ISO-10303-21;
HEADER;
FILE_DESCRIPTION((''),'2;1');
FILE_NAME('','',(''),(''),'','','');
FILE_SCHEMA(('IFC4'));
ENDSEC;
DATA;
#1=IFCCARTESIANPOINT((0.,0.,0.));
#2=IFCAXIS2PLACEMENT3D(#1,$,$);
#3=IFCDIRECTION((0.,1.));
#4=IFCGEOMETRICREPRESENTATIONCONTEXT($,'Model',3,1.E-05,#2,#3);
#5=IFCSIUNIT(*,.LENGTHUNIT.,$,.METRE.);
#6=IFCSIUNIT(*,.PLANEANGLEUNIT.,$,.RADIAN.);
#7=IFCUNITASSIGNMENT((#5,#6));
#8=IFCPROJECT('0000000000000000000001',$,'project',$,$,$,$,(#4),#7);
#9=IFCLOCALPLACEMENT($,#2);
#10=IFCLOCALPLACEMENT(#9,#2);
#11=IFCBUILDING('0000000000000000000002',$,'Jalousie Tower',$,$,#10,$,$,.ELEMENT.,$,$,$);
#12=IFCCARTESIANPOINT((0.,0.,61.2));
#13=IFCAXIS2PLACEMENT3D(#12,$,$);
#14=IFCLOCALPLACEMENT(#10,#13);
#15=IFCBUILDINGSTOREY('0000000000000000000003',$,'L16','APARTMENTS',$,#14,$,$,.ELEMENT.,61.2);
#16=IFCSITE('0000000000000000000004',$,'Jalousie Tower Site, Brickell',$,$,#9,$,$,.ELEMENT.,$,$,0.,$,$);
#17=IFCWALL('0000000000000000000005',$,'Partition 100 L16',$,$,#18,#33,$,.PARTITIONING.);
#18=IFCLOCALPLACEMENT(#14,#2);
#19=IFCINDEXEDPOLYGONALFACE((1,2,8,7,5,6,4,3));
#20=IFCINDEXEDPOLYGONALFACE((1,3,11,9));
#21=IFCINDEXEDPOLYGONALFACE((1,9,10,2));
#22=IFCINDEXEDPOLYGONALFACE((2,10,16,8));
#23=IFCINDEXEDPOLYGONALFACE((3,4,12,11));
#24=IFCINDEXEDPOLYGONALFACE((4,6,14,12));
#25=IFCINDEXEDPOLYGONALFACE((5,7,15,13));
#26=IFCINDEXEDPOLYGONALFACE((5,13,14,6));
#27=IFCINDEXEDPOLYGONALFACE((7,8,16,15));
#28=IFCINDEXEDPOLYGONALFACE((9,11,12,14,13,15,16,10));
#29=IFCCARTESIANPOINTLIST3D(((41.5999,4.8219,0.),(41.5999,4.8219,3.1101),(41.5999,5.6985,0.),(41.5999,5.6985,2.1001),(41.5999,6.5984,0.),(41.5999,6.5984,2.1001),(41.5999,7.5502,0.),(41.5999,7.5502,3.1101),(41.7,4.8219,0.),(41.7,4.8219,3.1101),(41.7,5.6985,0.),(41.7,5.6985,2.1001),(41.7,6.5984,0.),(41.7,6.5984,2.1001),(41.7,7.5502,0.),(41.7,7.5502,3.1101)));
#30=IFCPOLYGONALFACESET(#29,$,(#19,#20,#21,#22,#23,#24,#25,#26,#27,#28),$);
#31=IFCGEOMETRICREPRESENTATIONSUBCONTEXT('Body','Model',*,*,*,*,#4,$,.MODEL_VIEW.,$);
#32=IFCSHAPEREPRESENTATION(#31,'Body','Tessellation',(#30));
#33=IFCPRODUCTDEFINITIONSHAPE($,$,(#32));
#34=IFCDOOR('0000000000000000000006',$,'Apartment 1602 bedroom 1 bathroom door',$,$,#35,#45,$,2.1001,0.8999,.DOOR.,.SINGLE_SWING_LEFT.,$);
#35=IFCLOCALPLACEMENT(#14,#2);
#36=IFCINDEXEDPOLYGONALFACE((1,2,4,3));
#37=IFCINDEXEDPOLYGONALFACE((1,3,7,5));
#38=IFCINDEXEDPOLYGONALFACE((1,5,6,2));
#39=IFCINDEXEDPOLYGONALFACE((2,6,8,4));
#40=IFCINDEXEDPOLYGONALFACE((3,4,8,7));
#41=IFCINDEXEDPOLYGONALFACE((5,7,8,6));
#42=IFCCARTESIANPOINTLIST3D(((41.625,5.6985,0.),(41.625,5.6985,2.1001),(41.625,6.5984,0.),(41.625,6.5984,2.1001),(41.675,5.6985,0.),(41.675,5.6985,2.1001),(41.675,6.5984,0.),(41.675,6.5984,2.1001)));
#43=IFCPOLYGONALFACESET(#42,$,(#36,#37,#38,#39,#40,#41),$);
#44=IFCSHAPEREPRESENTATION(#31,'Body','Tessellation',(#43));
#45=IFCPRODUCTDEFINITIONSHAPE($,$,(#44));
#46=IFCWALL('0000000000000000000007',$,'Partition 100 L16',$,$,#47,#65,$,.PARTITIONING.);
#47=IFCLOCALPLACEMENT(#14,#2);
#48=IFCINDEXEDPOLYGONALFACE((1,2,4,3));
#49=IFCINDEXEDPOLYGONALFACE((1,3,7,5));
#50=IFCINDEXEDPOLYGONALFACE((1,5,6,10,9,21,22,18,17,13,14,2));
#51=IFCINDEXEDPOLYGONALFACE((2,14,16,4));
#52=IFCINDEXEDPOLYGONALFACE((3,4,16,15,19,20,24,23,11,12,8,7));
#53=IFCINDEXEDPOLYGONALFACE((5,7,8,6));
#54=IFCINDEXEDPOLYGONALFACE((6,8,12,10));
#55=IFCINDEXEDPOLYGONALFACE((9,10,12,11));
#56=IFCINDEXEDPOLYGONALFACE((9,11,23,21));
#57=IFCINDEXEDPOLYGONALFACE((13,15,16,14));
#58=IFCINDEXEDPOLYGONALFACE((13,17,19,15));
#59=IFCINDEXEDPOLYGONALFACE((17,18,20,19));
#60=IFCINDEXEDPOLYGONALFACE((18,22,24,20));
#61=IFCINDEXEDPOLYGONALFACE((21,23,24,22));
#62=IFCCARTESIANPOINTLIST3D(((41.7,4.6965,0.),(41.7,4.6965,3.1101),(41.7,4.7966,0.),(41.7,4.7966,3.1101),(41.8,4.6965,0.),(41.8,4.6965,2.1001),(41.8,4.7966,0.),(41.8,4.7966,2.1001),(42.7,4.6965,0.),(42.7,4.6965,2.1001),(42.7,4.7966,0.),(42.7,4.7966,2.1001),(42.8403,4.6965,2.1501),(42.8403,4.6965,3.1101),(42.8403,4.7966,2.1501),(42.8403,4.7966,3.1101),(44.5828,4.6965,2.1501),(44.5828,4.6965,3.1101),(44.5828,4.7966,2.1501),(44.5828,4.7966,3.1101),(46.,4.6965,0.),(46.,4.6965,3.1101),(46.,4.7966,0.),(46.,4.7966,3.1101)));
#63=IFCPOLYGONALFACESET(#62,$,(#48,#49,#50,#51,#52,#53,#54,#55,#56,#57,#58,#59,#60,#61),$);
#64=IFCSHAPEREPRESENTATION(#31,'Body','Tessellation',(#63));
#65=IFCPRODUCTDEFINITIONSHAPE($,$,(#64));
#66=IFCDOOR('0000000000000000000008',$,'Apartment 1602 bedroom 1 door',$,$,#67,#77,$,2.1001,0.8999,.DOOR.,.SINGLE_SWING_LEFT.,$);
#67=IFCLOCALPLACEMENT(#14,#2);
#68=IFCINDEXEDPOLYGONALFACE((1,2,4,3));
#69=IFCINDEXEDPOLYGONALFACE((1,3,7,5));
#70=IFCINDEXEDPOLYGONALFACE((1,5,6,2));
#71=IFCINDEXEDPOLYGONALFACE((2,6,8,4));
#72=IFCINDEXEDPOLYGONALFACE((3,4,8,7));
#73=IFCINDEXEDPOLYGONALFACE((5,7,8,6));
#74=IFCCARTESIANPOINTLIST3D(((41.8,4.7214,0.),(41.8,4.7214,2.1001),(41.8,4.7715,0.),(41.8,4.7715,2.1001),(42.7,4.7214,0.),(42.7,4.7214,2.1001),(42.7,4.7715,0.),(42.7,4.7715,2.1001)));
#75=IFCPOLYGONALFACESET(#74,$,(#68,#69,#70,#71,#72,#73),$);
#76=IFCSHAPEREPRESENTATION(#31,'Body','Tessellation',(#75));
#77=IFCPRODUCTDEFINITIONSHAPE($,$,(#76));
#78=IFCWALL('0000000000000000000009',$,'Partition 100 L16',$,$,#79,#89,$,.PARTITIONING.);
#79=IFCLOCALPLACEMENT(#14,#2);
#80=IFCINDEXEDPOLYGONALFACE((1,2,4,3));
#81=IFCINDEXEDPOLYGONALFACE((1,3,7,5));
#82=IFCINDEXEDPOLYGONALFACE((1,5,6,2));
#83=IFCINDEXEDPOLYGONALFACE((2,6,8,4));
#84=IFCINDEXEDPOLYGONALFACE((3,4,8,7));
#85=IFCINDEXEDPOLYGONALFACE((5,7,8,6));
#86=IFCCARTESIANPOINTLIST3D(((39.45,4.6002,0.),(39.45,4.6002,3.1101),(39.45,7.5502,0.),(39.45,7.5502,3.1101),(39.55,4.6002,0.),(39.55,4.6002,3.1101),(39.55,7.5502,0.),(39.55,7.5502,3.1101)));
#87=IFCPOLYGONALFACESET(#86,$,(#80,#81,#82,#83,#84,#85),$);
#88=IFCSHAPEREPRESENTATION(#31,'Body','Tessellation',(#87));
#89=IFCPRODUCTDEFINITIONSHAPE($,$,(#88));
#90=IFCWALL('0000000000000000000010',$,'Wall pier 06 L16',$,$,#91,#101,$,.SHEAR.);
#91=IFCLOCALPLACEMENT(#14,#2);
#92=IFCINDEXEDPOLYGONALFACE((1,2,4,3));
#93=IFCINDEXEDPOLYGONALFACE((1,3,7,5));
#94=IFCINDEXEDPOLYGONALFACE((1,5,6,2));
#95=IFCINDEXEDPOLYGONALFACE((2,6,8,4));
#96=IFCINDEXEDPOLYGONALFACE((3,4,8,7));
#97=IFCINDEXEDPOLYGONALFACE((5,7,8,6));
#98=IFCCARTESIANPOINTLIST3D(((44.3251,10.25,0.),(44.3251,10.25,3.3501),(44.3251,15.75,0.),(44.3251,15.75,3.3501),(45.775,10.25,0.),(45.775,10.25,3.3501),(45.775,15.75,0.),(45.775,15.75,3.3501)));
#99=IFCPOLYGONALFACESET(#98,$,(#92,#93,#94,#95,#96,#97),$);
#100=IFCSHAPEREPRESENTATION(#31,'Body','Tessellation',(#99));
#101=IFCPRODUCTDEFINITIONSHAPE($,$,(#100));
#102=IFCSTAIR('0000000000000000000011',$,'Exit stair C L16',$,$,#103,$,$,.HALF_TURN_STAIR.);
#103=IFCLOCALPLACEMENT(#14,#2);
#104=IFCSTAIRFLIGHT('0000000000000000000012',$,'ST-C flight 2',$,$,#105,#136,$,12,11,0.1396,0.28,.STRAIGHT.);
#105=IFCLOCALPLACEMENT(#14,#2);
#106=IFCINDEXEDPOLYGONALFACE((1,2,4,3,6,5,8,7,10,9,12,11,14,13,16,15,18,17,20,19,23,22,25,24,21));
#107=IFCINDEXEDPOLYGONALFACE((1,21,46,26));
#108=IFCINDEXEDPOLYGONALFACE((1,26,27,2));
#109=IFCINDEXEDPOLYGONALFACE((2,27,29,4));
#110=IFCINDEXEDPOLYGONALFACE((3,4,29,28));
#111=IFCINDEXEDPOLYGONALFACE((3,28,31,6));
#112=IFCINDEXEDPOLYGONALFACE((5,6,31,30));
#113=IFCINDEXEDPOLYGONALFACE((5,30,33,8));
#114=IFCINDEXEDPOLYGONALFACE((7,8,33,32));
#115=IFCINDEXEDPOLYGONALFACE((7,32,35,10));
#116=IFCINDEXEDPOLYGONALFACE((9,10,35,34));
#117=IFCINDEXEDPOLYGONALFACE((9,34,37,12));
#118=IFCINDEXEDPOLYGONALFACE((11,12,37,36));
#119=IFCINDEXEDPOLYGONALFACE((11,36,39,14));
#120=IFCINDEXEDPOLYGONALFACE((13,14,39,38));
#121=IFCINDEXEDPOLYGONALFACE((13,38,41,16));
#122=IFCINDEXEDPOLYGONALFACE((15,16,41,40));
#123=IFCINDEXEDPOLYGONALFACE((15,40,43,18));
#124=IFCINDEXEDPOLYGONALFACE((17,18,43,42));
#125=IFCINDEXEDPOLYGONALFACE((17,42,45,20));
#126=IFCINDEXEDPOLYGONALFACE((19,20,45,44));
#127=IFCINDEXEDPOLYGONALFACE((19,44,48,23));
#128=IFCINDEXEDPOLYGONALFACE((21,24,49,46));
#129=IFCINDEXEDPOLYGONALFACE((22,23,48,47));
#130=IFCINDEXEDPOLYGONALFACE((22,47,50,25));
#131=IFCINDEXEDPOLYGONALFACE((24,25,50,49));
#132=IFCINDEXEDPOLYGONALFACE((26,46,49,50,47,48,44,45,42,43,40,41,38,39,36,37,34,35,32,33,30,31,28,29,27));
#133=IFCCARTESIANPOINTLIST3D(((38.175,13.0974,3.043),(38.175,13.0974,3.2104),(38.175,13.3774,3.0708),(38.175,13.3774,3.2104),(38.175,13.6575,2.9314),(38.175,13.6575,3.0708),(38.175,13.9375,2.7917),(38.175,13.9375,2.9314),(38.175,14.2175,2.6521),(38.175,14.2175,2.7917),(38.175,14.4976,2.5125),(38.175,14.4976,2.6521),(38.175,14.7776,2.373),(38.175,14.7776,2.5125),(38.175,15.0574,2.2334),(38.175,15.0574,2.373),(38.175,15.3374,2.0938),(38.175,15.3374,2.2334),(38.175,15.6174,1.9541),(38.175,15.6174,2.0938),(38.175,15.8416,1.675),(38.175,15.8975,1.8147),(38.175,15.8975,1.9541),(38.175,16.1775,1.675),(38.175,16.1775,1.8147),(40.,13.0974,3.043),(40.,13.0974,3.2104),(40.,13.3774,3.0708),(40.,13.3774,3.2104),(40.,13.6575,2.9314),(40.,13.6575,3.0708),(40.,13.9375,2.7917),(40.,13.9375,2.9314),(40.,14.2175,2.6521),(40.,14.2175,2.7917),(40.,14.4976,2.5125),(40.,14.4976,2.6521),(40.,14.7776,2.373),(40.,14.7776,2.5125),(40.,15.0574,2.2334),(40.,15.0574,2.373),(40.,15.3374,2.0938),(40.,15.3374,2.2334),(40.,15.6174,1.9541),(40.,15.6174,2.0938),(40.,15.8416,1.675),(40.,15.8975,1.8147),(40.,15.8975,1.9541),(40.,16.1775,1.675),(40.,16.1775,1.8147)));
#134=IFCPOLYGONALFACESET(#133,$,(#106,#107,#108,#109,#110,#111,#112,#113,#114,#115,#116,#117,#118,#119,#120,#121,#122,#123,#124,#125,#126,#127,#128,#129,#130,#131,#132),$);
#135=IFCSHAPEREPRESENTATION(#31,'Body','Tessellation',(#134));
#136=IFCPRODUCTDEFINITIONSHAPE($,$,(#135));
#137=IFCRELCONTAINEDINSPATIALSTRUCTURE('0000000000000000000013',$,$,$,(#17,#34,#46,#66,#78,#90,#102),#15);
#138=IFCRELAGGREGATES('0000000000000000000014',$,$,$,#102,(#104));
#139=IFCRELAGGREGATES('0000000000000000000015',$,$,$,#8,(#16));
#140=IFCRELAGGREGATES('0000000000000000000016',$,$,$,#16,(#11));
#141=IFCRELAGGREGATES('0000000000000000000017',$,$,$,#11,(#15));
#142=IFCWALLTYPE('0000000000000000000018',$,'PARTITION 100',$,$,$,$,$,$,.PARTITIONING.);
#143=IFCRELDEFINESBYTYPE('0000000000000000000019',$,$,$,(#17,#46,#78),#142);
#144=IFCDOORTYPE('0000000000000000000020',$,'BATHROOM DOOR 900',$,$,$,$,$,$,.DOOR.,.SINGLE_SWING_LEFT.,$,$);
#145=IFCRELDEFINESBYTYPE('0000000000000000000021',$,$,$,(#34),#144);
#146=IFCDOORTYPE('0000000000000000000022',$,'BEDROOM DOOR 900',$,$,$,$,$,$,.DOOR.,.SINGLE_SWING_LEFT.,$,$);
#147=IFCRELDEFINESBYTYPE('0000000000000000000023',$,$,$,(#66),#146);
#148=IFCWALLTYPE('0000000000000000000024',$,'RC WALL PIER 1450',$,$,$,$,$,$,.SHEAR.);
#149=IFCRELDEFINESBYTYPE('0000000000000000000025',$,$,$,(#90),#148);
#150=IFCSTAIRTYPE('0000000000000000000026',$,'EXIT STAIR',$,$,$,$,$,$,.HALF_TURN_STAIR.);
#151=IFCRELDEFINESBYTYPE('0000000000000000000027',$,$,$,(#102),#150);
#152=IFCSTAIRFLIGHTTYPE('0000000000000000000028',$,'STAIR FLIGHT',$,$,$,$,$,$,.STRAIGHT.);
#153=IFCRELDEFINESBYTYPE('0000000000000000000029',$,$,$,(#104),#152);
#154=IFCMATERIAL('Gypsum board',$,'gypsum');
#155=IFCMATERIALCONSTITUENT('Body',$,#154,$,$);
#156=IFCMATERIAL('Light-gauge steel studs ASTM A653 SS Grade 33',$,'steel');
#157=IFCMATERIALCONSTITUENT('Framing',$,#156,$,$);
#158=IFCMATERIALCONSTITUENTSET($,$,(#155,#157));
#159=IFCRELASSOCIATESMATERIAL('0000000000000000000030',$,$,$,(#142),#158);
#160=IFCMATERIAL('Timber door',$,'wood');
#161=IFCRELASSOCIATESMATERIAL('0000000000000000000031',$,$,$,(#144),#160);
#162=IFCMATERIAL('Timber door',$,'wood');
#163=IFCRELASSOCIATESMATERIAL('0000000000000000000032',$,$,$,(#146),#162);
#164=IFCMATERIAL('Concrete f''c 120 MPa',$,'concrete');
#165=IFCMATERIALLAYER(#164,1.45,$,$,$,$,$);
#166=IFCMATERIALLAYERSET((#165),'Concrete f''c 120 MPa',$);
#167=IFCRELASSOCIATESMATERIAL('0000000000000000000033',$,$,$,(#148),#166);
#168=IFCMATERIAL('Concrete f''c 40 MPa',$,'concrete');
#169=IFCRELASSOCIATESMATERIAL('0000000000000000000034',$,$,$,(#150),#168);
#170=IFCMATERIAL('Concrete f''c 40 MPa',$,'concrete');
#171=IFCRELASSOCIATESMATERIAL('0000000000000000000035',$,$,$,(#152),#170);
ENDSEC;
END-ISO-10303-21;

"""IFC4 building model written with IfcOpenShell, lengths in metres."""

from ifc_helpers import new_model, si_unit, direction, frame, frame_2d, origin, place, context, subcontext, project, spatial, polyline, rectangle, outline, extrude, material, layer, layer_set, constituent, constituent_set, type_object, element, fill, aggregate, save


model = new_model("IFC4")

# Units and contexts
model_context = context("Model", 3, precision=1e-05, world=origin(), true_north=direction((0.0, 1.0)))
body_context = subcontext(model_context, "Body", "Model", "MODEL_VIEW")
ifc_project = project(units=[si_unit("LENGTHUNIT", "METRE"), si_unit("PLANEANGLEUNIT", "RADIAN")], contexts=[model_context])

# Site, building, storey
site_placement = place(None, origin())
site = spatial("IfcSite", under=ifc_project, at=site_placement, Name="Jalousie Tower Site, Brickell", CompositionType="ELEMENT", RefElevation=0.0)
building_placement = place(site_placement, origin())
building = spatial("IfcBuilding", under=site, at=building_placement, Name="Jalousie Tower", CompositionType="ELEMENT")
storey_placement = place(building_placement, frame((0.0, 0.0, 61.2)))
storey = spatial("IfcBuildingStorey", under=building, at=storey_placement, Name="L16", Description="APARTMENTS", CompositionType="ELEMENT", Elevation=61.2)

# Walls, openings, doors
ifc_material_1 = material(Name="Gypsum board", Category="gypsum")
ifc_constituent_1 = constituent(ifc_material_1, Name="Body")
ifc_material_2 = material(Name="Light-gauge steel studs ASTM A653 SS Grade 33", Category="steel")
ifc_constituent_2 = constituent(ifc_material_2, Name="Framing")
ifc_constituent_set_1 = constituent_set(constituents=[ifc_constituent_1, ifc_constituent_2])
wall_type_1 = type_object("IfcWallType", Name="PARTITION 100", PredefinedType="PARTITIONING", material=ifc_constituent_set_1)
wall_1_placement = place(storey_placement, frame((41.6499, 4.8218, 0.0), z_axis=(0.0, 0.0, 1.0), x_axis=(0.0, 1.0, 0.0)))
wall_1 = element("IfcWall", 1, at=wall_1_placement, inside=storey, type_object=wall_type_1, Name="Partition 100 L16", PredefinedType="PARTITIONING", context=body_context, shape_type="SweptSolid", body=[
    extrude(rectangle(XDim=2.7283, YDim=0.1001, at=frame_2d((1.3643, 0.0))), origin(), (0.0, 0.0, 1.0), 3.1101),
])
opening_1_placement = place(wall_1_placement, frame((0.8767, 0.0, 0.0)))
opening_1 = element("IfcOpeningElement", 2, at=opening_1_placement, cuts=wall_1, PredefinedType="OPENING", context=body_context, shape_type="SweptSolid", body=[
    extrude(rectangle(XDim=0.8999, YDim=2.1001, at=frame_2d((0.45, 1.05))), frame((0.0, 0.0601, 0.0), z_axis=(0.0, -1.0, 0.0), x_axis=(1.0, 0.0, 0.0)), (0.0, 0.0, 1.0), 0.1201),
])
ifc_material_3 = material(Name="Timber door", Category="wood")
door_type_1 = type_object("IfcDoorType", Name="BATHROOM DOOR 900", OperationType="SINGLE_SWING_LEFT", PredefinedType="DOOR", material=ifc_material_3)
door_1_placement = place(opening_1_placement, origin())
door_1 = element("IfcDoor", 3, at=door_1_placement, inside=storey, type_object=door_type_1, Name="Apartment 1602 bedroom 1 bathroom door", OperationType="SINGLE_SWING_LEFT", OverallHeight=2.1001, OverallWidth=0.8999, PredefinedType="DOOR", context=body_context, shape_type="SweptSolid", body=[
    extrude(rectangle(XDim=0.8999, YDim=2.1001, at=frame_2d((0.45, 1.05))), frame((0.0, 0.0249, 0.0), z_axis=(0.0, -1.0, 0.0), x_axis=(1.0, 0.0, 0.0)), (0.0, 0.0, 1.0), 0.05),
])
fill(opening_1, door_1)
wall_2_placement = place(storey_placement, frame((41.7, 4.7466, 0.0), z_axis=(0.0, 0.0, 1.0), x_axis=(1.0, 0.0, 0.0)))
wall_2 = element("IfcWall", 4, at=wall_2_placement, inside=storey, type_object=wall_type_1, Name="Partition 100 L16", PredefinedType="PARTITIONING", context=body_context, shape_type="SweptSolid", body=[
    extrude(outline(polyline([(0.0, 0.0), (4.3, 0.0), (4.3, 3.1101), (2.8828, 3.1101), (2.8828, 2.1501), (1.1404, 2.1501), (1.1404, 3.1101), (0.0, 3.1101), (0.0, 0.0)])), frame((0.0, 0.05, 0.0), z_axis=(0.0, -1.0, 0.0), x_axis=(1.0, 0.0, 0.0)), (0.0, 0.0, 1.0), 0.1001),
])
opening_2_placement = place(wall_2_placement, frame((0.1001, 0.0, 0.0)))
opening_2 = element("IfcOpeningElement", 5, at=opening_2_placement, cuts=wall_2, PredefinedType="OPENING", context=body_context, shape_type="SweptSolid", body=[
    extrude(rectangle(XDim=0.8999, YDim=2.1001, at=frame_2d((0.45, 1.05))), frame((0.0, 0.0601, 0.0), z_axis=(0.0, -1.0, 0.0), x_axis=(1.0, 0.0, 0.0)), (0.0, 0.0, 1.0), 0.1201),
])
ifc_material_4 = material(Name="Timber door", Category="wood")
door_type_2 = type_object("IfcDoorType", Name="BEDROOM DOOR 900", OperationType="SINGLE_SWING_LEFT", PredefinedType="DOOR", material=ifc_material_4)
door_2_placement = place(opening_2_placement, origin())
door_2 = element("IfcDoor", 6, at=door_2_placement, inside=storey, type_object=door_type_2, Name="Apartment 1602 bedroom 1 door", OperationType="SINGLE_SWING_LEFT", OverallHeight=2.1001, OverallWidth=0.8999, PredefinedType="DOOR", context=body_context, shape_type="SweptSolid", body=[
    extrude(rectangle(XDim=0.8999, YDim=2.1001, at=frame_2d((0.45, 1.05))), frame((0.0, 0.0249, 0.0), z_axis=(0.0, -1.0, 0.0), x_axis=(1.0, 0.0, 0.0)), (0.0, 0.0, 1.0), 0.05),
])
fill(opening_2, door_2)

# Walls
wall_3_placement = place(storey_placement, frame((39.5, 4.6001, 0.0), z_axis=(0.0, 0.0, 1.0), x_axis=(0.0, 1.0, 0.0)))
element("IfcWall", 7, at=wall_3_placement, inside=storey, type_object=wall_type_1, Name="Partition 100 L16", PredefinedType="PARTITIONING", context=body_context, shape_type="SweptSolid", body=[
    extrude(rectangle(XDim=2.95, YDim=0.1001, at=frame_2d((1.4751, 0.0))), origin(), (0.0, 0.0, 1.0), 3.1101),
])
ifc_material_5 = material(Name="Concrete f'c 120 MPa", Category="concrete")
ifc_layer_1 = layer(ifc_material_5, 1.45)
ifc_layer_set_1 = layer_set([ifc_layer_1], Name="Concrete f'c 120 MPa")
wall_type_2 = type_object("IfcWallType", Name="RC WALL PIER 1450", PredefinedType="SHEAR", material=ifc_layer_set_1)
wall_4_placement = place(storey_placement, frame((45.05, 10.25, 0.0), z_axis=(0.0, 0.0, 1.0), x_axis=(0.0, 1.0, 0.0)))
element("IfcWall", 8, at=wall_4_placement, inside=storey, type_object=wall_type_2, Name="Wall pier 06 L16", PredefinedType="SHEAR", context=body_context, shape_type="SweptSolid", body=[
    extrude(rectangle(XDim=5.5, YDim=1.45, at=frame_2d((2.75, 0.0))), origin(), (0.0, 0.0, 1.0), 3.3501),
])

# Stair, stair flight
ifc_material_6 = material(Name="Concrete f'c 40 MPa", Category="concrete")
stair_type = type_object("IfcStairType", Name="EXIT STAIR", PredefinedType="HALF_TURN_STAIR", material=ifc_material_6)
stair_placement = place(storey_placement, origin())
stair = element("IfcStair", 9, at=stair_placement, inside=storey, type_object=stair_type, Name="Exit stair C L16", PredefinedType="HALF_TURN_STAIR")
ifc_material_7 = material(Name="Concrete f'c 40 MPa", Category="concrete")
stair_flight_type = type_object("IfcStairFlightType", Name="STAIR FLIGHT", PredefinedType="STRAIGHT", material=ifc_material_7)
stair_flight_placement = place(storey_placement, frame((39.0874, 16.1775, 1.675), z_axis=(0.0, 0.0, 1.0), x_axis=(0.0, -1.0, 0.0)))
stair_flight = element("IfcStairFlight", 10, at=stair_flight_placement, type_object=stair_flight_type, Name="ST-C flight 2", NumberOfRisers=12, NumberOfTreads=11, PredefinedType="STRAIGHT", RiserHeight=0.1396, TreadLength=0.28, context=body_context, shape_type="SweptSolid", body=[
    extrude(outline(polyline([(0.0, 0.0), (0.0, 0.1396), (0.28, 0.1396), (0.28, 0.2791), (0.5601, 0.2791), (0.5601, 0.4187), (0.8401, 0.4187), (0.8401, 0.5583), (1.1201, 0.5583), (1.1201, 0.698), (1.3999, 0.698), (1.3999, 0.8374), (1.6799, 0.8374), (1.6799, 0.9771), (1.96, 0.9771), (1.96, 1.1167), (2.24, 1.1167), (2.24, 1.2563), (2.52, 1.2563), (2.52, 1.3958), (2.8, 1.3958), (2.8, 1.5354), (3.0801, 1.5354), (3.0801, 1.675), (3.0801, 1.3679), (0.3359, 0.0), (0.0, 0.0)])), frame((0.0, 0.9126, 0.0), z_axis=(0.0, -1.0, 0.0), x_axis=(1.0, 0.0, 0.0)), (0.0, 0.0, 1.0), 1.825),
])
aggregate(stair, [stair_flight])

save(model, "model.ifc")
